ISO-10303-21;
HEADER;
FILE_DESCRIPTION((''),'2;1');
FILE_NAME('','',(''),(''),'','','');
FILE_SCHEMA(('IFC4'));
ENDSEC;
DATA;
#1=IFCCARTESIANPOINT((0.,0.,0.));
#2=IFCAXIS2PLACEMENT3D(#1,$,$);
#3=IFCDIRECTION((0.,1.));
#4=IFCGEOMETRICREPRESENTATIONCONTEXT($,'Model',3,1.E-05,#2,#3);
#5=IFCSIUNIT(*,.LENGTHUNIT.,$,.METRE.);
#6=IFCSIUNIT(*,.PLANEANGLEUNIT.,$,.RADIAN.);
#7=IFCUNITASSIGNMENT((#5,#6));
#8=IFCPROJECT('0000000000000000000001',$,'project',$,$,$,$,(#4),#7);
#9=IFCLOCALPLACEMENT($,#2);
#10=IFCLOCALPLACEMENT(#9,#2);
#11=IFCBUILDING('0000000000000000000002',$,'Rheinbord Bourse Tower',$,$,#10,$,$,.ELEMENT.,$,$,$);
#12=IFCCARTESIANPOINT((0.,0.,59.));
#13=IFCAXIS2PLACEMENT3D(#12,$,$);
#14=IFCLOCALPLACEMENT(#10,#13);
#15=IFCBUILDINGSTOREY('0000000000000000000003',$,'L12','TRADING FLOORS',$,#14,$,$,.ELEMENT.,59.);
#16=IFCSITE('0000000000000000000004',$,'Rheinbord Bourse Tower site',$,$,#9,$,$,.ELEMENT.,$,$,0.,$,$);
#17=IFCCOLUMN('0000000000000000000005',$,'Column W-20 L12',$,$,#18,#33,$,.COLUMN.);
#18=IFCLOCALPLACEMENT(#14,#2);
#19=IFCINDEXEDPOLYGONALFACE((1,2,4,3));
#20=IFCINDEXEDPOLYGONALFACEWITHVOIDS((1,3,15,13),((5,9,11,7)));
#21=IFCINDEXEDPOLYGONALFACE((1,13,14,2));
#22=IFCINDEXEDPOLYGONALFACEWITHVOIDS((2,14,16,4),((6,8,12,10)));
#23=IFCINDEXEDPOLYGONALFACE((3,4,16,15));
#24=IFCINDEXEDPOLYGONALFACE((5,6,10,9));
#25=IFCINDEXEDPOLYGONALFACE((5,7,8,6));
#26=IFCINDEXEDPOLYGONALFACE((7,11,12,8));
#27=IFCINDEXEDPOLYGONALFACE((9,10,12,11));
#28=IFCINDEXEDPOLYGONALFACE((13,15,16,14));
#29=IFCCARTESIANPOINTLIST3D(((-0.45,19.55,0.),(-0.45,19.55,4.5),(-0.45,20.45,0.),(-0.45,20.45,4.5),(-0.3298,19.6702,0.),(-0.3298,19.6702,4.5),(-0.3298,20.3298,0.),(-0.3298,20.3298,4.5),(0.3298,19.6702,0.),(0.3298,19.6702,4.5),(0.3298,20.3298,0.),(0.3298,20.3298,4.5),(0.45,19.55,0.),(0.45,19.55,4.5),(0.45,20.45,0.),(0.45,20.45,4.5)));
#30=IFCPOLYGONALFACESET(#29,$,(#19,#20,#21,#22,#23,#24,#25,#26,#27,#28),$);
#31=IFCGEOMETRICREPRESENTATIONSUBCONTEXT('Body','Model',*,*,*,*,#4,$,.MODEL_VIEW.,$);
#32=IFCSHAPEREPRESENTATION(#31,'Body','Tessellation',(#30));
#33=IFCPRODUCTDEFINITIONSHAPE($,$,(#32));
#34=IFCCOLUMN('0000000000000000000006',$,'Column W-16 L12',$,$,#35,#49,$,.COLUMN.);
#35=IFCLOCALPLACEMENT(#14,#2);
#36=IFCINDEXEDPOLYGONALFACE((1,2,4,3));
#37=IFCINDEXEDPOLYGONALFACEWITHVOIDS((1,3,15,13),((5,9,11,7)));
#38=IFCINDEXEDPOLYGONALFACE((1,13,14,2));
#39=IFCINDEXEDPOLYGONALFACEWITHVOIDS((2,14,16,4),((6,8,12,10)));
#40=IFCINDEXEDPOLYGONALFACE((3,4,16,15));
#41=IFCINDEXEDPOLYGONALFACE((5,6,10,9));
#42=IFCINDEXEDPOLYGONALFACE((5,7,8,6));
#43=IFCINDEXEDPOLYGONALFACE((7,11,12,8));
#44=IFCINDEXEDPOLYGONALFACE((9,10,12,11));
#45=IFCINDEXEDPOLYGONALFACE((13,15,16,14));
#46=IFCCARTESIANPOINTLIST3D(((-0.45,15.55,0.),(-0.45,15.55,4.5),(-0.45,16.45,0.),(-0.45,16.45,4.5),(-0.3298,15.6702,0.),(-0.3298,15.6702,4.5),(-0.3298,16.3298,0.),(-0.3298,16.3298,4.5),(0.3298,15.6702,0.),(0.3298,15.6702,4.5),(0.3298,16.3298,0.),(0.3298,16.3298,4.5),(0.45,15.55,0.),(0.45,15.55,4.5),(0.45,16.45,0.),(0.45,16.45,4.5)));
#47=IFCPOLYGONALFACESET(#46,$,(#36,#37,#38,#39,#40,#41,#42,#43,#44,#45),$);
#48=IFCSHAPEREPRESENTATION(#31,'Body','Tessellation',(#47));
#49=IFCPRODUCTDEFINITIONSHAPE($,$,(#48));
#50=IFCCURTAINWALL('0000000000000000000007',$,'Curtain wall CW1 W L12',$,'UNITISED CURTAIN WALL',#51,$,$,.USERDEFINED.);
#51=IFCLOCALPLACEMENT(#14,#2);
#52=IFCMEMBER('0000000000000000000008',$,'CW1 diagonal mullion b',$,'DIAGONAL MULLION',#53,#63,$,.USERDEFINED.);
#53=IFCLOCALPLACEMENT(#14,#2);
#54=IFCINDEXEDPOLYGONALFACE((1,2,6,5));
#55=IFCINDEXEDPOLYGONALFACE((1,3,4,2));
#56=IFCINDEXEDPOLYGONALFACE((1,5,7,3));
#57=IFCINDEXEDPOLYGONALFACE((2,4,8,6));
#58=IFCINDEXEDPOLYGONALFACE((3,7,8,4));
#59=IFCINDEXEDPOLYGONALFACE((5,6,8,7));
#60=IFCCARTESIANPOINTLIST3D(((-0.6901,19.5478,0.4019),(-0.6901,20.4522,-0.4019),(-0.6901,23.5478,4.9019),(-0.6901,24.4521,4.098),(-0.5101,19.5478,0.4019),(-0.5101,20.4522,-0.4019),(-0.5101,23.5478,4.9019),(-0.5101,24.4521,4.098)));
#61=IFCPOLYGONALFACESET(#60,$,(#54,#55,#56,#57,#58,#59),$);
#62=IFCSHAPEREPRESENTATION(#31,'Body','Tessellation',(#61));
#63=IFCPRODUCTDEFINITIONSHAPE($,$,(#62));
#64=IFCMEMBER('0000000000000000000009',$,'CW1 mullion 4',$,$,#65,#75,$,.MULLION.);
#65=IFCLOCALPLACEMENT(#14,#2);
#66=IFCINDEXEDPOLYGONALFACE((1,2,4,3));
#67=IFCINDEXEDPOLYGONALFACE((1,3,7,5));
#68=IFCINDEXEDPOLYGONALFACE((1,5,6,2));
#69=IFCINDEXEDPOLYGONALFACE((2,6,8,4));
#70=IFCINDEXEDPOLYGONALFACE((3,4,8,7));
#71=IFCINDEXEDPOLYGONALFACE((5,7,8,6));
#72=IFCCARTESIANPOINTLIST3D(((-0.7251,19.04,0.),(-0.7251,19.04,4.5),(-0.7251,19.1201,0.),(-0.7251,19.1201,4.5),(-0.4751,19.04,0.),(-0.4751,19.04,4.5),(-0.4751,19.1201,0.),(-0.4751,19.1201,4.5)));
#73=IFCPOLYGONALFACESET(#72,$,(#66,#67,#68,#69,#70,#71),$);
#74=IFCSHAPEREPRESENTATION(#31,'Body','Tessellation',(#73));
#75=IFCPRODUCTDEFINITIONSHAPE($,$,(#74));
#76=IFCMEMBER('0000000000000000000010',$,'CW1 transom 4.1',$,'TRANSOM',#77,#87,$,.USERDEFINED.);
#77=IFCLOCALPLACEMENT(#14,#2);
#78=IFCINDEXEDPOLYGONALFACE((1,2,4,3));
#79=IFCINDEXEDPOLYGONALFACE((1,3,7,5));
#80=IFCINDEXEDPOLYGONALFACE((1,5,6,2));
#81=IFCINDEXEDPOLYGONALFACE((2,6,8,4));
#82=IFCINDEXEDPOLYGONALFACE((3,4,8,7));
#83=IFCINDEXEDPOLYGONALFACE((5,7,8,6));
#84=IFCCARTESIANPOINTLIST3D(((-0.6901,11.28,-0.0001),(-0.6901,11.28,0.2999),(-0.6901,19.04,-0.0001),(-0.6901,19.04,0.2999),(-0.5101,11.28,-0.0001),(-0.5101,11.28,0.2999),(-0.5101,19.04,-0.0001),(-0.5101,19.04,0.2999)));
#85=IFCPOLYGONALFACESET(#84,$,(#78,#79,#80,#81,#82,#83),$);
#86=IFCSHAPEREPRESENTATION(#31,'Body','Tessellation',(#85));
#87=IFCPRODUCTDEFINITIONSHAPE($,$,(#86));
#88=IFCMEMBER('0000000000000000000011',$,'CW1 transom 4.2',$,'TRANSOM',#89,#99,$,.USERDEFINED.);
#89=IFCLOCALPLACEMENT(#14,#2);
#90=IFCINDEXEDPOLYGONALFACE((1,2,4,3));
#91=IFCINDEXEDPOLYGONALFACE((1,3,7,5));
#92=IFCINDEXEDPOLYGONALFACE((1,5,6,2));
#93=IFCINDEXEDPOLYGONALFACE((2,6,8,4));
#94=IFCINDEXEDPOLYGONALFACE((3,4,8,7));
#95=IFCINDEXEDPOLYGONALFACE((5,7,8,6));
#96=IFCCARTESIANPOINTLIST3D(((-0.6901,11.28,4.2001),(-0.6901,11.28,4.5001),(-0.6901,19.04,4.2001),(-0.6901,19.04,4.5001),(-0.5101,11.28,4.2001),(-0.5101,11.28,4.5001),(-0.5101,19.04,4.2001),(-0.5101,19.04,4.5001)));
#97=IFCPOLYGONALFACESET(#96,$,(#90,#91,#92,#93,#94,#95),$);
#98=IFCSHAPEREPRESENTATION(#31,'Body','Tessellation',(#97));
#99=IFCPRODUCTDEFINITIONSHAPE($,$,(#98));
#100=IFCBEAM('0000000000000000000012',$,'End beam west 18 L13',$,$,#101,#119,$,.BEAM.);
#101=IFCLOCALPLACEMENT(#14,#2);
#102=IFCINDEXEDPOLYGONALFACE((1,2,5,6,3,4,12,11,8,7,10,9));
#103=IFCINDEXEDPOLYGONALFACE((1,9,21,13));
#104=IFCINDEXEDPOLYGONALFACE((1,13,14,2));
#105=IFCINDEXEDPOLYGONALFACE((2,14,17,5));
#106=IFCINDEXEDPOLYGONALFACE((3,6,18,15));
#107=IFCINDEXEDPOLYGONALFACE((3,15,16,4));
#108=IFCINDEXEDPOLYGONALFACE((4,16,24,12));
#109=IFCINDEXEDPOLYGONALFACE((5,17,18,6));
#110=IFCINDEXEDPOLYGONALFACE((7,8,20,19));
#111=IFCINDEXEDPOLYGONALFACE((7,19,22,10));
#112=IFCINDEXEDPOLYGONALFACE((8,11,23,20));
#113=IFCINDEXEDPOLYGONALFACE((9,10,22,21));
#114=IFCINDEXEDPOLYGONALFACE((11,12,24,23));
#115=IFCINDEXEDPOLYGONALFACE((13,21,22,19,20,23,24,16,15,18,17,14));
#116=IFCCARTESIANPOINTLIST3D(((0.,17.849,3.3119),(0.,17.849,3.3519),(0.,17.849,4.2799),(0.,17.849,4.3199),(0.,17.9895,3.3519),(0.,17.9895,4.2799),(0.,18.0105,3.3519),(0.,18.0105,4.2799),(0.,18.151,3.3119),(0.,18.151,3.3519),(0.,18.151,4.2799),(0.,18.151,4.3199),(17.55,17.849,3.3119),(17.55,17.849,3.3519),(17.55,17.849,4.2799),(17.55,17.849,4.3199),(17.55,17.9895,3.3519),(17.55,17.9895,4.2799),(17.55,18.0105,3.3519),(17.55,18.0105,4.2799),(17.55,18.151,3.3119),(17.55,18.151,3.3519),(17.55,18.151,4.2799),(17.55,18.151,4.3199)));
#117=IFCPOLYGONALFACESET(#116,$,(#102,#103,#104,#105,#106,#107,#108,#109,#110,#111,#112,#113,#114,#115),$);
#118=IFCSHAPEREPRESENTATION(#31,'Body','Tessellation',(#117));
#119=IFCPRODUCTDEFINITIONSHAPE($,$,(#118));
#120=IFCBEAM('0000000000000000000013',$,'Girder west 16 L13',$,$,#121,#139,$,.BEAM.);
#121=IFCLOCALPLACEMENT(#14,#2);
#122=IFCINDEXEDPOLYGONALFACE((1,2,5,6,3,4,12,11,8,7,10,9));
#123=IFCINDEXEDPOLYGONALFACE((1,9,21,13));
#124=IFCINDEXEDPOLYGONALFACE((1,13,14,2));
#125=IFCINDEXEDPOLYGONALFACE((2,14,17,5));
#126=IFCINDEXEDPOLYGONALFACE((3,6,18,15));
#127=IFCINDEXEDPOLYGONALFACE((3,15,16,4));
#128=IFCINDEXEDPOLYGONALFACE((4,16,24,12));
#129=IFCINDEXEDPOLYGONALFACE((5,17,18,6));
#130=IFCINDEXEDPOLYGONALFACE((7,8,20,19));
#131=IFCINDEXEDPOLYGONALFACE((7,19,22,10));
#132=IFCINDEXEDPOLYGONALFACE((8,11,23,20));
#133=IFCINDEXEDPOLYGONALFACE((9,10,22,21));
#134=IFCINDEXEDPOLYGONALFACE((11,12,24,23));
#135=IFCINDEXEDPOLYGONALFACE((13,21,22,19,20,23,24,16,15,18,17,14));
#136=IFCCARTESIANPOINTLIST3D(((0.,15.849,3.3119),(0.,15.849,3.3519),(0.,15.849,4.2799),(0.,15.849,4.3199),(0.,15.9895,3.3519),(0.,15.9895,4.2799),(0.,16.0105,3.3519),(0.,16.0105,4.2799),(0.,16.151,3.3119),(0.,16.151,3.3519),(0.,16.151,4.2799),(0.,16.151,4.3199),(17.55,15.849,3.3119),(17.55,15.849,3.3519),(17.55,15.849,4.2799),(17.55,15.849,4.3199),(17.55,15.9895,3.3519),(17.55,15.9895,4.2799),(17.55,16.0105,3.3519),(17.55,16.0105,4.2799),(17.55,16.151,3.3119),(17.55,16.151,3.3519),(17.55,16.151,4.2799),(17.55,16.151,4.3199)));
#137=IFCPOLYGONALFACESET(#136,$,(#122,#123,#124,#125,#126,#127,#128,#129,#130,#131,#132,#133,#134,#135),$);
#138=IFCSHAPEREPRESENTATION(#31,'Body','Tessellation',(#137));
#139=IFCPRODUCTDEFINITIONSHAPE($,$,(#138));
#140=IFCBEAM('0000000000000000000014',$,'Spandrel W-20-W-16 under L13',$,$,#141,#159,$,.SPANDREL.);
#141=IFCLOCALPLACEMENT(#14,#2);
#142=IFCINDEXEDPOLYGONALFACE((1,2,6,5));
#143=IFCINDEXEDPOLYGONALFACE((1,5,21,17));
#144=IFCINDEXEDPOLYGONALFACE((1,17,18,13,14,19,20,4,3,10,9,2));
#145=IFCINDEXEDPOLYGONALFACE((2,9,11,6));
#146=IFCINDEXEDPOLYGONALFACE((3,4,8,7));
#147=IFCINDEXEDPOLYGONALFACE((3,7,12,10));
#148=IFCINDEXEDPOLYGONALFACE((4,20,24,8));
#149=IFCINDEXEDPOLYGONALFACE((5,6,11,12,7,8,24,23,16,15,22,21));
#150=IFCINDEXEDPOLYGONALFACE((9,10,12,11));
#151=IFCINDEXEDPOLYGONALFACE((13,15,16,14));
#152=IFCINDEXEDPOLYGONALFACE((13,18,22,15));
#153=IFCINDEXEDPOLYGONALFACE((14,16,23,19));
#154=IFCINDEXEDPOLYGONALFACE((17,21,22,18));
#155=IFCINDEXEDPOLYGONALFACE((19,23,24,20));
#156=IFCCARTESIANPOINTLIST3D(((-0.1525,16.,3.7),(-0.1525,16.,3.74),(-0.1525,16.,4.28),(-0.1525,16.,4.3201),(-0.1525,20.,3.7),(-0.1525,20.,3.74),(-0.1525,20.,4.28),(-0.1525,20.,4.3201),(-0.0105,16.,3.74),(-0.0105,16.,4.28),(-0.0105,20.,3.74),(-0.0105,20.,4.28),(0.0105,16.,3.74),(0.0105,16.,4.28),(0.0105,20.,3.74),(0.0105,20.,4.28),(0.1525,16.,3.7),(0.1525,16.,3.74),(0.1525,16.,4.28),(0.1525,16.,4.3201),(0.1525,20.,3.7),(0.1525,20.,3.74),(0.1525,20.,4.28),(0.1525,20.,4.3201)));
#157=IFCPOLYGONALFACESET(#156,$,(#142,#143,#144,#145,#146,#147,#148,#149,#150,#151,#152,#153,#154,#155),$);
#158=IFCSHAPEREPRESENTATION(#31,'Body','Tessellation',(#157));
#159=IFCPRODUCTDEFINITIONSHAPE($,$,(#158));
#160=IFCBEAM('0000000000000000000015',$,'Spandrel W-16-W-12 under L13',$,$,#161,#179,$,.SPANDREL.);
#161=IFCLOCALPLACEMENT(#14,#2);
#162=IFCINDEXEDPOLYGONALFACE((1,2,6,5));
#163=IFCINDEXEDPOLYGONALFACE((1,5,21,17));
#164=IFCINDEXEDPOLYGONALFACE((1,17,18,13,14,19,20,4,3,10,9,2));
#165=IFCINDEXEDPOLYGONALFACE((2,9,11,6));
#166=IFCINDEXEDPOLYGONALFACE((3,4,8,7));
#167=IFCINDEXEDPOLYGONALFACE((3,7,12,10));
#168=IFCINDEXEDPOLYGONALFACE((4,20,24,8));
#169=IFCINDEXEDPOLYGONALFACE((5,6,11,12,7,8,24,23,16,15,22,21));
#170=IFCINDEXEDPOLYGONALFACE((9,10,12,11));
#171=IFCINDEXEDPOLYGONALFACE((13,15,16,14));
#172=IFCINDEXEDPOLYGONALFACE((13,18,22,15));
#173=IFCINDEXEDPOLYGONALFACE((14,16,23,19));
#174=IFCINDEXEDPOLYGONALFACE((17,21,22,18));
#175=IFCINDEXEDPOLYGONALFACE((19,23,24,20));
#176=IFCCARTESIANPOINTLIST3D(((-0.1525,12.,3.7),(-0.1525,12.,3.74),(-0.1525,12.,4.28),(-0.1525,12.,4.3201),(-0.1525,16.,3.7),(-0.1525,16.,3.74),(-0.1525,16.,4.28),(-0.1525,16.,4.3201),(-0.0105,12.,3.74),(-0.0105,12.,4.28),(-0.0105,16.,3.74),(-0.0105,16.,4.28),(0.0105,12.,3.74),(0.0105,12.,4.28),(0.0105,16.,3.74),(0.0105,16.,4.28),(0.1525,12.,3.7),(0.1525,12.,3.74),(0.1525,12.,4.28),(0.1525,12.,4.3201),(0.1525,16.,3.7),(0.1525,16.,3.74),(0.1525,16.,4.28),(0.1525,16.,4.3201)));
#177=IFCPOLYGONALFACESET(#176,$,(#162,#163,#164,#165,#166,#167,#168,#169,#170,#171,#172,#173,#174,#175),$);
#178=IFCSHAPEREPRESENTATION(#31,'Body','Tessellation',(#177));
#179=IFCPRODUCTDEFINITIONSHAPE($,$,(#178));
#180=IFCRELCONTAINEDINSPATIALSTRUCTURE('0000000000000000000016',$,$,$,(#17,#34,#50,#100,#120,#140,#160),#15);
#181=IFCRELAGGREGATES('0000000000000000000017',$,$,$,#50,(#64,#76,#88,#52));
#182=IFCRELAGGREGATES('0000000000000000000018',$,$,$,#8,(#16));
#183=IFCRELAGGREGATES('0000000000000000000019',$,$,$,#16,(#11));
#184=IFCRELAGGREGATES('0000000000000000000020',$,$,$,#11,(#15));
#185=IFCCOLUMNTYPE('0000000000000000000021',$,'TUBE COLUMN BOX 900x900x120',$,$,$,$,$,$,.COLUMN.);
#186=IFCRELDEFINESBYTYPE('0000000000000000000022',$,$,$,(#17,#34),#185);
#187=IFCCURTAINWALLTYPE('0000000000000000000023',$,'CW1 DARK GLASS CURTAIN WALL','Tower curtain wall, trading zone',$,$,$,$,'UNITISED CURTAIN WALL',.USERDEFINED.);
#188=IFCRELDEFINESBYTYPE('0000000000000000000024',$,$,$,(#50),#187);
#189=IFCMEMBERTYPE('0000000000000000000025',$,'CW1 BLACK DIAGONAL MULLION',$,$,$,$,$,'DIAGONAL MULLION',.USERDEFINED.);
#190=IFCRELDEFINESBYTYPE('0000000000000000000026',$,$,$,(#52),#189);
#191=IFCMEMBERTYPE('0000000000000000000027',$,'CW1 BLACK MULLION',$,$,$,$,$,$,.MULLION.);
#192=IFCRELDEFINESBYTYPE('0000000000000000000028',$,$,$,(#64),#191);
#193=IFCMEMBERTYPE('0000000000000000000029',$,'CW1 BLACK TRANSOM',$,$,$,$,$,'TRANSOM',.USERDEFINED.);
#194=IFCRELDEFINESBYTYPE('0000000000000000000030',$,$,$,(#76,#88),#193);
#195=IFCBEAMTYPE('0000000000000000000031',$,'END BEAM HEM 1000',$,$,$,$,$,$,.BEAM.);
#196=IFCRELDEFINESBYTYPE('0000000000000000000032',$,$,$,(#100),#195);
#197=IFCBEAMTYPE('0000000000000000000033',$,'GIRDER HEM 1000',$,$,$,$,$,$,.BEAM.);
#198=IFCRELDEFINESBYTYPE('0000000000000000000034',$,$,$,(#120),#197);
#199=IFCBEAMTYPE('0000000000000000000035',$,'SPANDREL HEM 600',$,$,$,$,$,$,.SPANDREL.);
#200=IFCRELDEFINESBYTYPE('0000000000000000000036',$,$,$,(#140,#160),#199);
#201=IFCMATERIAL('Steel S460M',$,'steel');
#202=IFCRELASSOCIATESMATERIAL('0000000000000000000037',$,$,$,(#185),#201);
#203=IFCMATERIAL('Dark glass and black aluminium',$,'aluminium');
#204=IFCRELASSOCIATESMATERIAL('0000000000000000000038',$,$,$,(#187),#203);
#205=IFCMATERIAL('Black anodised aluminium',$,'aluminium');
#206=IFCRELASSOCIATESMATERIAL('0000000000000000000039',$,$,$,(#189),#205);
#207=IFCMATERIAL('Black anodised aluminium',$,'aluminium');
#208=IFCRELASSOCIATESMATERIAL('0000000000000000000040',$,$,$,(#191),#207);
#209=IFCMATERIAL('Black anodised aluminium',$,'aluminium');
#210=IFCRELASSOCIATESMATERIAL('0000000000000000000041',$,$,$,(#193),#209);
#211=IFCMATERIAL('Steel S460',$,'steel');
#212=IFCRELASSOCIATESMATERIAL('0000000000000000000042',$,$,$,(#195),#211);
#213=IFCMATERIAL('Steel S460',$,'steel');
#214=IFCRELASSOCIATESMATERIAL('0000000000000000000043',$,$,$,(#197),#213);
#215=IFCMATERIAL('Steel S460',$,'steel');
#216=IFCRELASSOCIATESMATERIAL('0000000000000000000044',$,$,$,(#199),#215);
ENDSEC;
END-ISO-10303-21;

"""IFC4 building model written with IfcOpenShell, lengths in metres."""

from ifc_helpers import new_model, si_unit, direction, frame, origin, origin_2d, place, context, subcontext, project, spatial, rectangle, hollow_rectangle, i_section, extrude, material, material_profile, profile_set, type_object, element, aggregate, save


model = new_model("IFC4")

# Units and contexts
model_context = context("Model", 3, precision=1e-05, world=origin(), true_north=direction((0.0, 1.0)))
body_context = subcontext(model_context, "Body", "Model", "MODEL_VIEW")
ifc_project = project(units=[si_unit("LENGTHUNIT", "METRE"), si_unit("PLANEANGLEUNIT", "RADIAN")], contexts=[model_context])

# Site, building, storey
site_placement = place(None, origin())
site = spatial("IfcSite", under=ifc_project, at=site_placement, Name="Rheinbord Bourse Tower site", CompositionType="ELEMENT", RefElevation=0.0)
building_placement = place(site_placement, origin())
building = spatial("IfcBuilding", under=site, at=building_placement, Name="Rheinbord Bourse Tower", CompositionType="ELEMENT")
storey_placement = place(building_placement, frame((0.0, 0.0, 59.0)))
storey = spatial("IfcBuildingStorey", under=building, at=storey_placement, Name="L12", Description="TRADING FLOORS", CompositionType="ELEMENT", Elevation=59.0)

# Columns
ifc_material_1 = material(Name="Steel S460M", Category="steel")
ifc_material_profile_1 = material_profile(ifc_material_1, hollow_rectangle(XDim=0.8999, YDim=0.8999, WallThickness=0.1201, at=origin_2d()), Name="BOX 900x900x120")
ifc_profile_set_1 = profile_set([ifc_material_profile_1], Name="Steel S460M")
column_type = type_object("IfcColumnType", Name="TUBE COLUMN BOX 900x900x120", PredefinedType="COLUMN", material=ifc_profile_set_1)
for number, where, z_axis, x_axis, name in (
    (1, (0.0, 20.0, 0.0), (0.0, 0.0, 1.0), (1.0, 0.0, 0.0), "Column W-20 L12"),
    (2, (0.0, 16.0, 0.0), (0.0, 0.0, 1.0), (1.0, 0.0, 0.0), "Column W-16 L12"),
):
    element("IfcColumn", number, at=place(storey_placement, frame(where, z_axis=z_axis, x_axis=x_axis)), inside=storey, type_object=column_type, Name=name, PredefinedType="COLUMN", context=body_context, shape_type="SweptSolid", body=[
        extrude(hollow_rectangle(XDim=0.8999, YDim=0.8999, WallThickness=0.1201, at=origin_2d()), origin(), (0.0, 0.0, 1.0), 4.5),
    ])

# Curtain wall, members
ifc_material_2 = material(Name="Dark glass and black aluminium", Category="aluminium")
curtain_wall_type = type_object("IfcCurtainWallType", Name="CW1 DARK GLASS CURTAIN WALL", Description="Tower curtain wall, trading zone", ElementType="UNITISED CURTAIN WALL", PredefinedType="USERDEFINED", material=ifc_material_2)
curtain_wall_placement = place(storey_placement, origin())
curtain_wall = element("IfcCurtainWall", 3, at=curtain_wall_placement, inside=storey, type_object=curtain_wall_type, Name="Curtain wall CW1 W L12", ObjectType="UNITISED CURTAIN WALL", PredefinedType="USERDEFINED")
ifc_material_3 = material(Name="Black anodised aluminium", Category="aluminium")
ifc_material_profile_2 = material_profile(ifc_material_3, rectangle(XDim=0.1799, YDim=1.21, at=origin_2d()), Name="CW1 DIAGONAL MULLION 1210x180")
ifc_profile_set_2 = profile_set([ifc_material_profile_2], Name="Black anodised aluminium")
member_type_1 = type_object("IfcMemberType", Name="CW1 BLACK DIAGONAL MULLION", ElementType="DIAGONAL MULLION", PredefinedType="USERDEFINED", material=ifc_profile_set_2)
member_1_placement = place(storey_placement, frame((-0.6001, 20.0, 0.0), z_axis=(0.0, 0.664364, 0.747409), x_axis=(-1.0, 0.0, 0.0)))
member_1 = element("IfcMember", 4, at=member_1_placement, type_object=member_type_1, Name="CW1 diagonal mullion b", ObjectType="DIAGONAL MULLION", PredefinedType="USERDEFINED", context=body_context, shape_type="SweptSolid", body=[
    extrude(rectangle(XDim=0.1799, YDim=1.21, at=origin_2d()), origin(), (0.0, 0.0, 1.0), 6.0208),
])
ifc_material_4 = material(Name="Black anodised aluminium", Category="aluminium")
ifc_material_profile_3 = material_profile(ifc_material_4, rectangle(XDim=0.25, YDim=0.0801, at=origin_2d()), Name="CW1 MULLION 80x250")
ifc_profile_set_3 = profile_set([ifc_material_profile_3], Name="Black anodised aluminium")
member_type_2 = type_object("IfcMemberType", Name="CW1 BLACK MULLION", PredefinedType="MULLION", material=ifc_profile_set_3)
member_2_placement = place(storey_placement, frame((-0.6001, 19.0801, 0.0), z_axis=(0.0, 0.0, 1.0), x_axis=(1.0, 0.0, 0.0)))
member_2 = element("IfcMember", 5, at=member_2_placement, type_object=member_type_2, Name="CW1 mullion 4", PredefinedType="MULLION", context=body_context, shape_type="SweptSolid", body=[
    extrude(rectangle(XDim=0.25, YDim=0.0801, at=origin_2d()), origin(), (0.0, 0.0, 1.0), 4.5),
])
ifc_material_5 = material(Name="Black anodised aluminium", Category="aluminium")
ifc_material_profile_4 = material_profile(ifc_material_5, rectangle(XDim=0.1799, YDim=0.3, at=origin_2d()), Name="CW1 TRANSOM 300x180")
ifc_profile_set_4 = profile_set([ifc_material_profile_4], Name="Black anodised aluminium")
member_type_3 = type_object("IfcMemberType", Name="CW1 BLACK TRANSOM", ElementType="TRANSOM", PredefinedType="USERDEFINED", material=ifc_profile_set_4)
member_3_placement = place(storey_placement, frame((-0.6001, 19.04, 0.1499), z_axis=(0.0, -1.0, 0.0), x_axis=(1.0, 0.0, 0.0)))
member_3 = element("IfcMember", 6, at=member_3_placement, type_object=member_type_3, Name="CW1 transom 4.1", ObjectType="TRANSOM", PredefinedType="USERDEFINED", context=body_context, shape_type="SweptSolid", body=[
    extrude(rectangle(XDim=0.1799, YDim=0.3, at=origin_2d()), origin(), (0.0, 0.0, 1.0), 7.76),
])
member_4_placement = place(storey_placement, frame((-0.6001, 19.04, 4.3501), z_axis=(0.0, -1.0, 0.0), x_axis=(1.0, 0.0, 0.0)))
member_4 = element("IfcMember", 7, at=member_4_placement, type_object=member_type_3, Name="CW1 transom 4.2", ObjectType="TRANSOM", PredefinedType="USERDEFINED", context=body_context, shape_type="SweptSolid", body=[
    extrude(rectangle(XDim=0.1799, YDim=0.3, at=origin_2d()), origin(), (0.0, 0.0, 1.0), 7.76),
])

# Beams
ifc_material_6 = material(Name="Steel S460", Category="steel")
ifc_material_profile_5 = material_profile(ifc_material_6, i_section(OverallWidth=0.302, OverallDepth=1.0081, WebThickness=0.021, FlangeThickness=0.04, at=origin_2d()), Name="HEM 1000")
ifc_profile_set_5 = profile_set([ifc_material_profile_5], Name="Steel S460")
beam_type_1 = type_object("IfcBeamType", Name="END BEAM HEM 1000", PredefinedType="BEAM", material=ifc_profile_set_5)
beam_1_placement = place(storey_placement, frame((0.0, 18.0, 3.8159), z_axis=(1.0, 0.0, 0.0), x_axis=(0.0, 1.0, 0.0)))
element("IfcBeam", 8, at=beam_1_placement, inside=storey, type_object=beam_type_1, Name="End beam west 18 L13", PredefinedType="BEAM", context=body_context, shape_type="SweptSolid", body=[
    extrude(i_section(OverallWidth=0.302, OverallDepth=1.0081, WebThickness=0.021, FlangeThickness=0.04, at=origin_2d()), origin(), (0.0, 0.0, 1.0), 17.55),
])
ifc_material_7 = material(Name="Steel S460", Category="steel")
ifc_material_profile_6 = material_profile(ifc_material_7, i_section(OverallWidth=0.302, OverallDepth=1.0081, WebThickness=0.021, FlangeThickness=0.04, at=origin_2d()), Name="HEM 1000")
ifc_profile_set_6 = profile_set([ifc_material_profile_6], Name="Steel S460")
beam_type_2 = type_object("IfcBeamType", Name="GIRDER HEM 1000", PredefinedType="BEAM", material=ifc_profile_set_6)
beam_2_placement = place(storey_placement, frame((0.0, 16.0, 3.8159), z_axis=(1.0, 0.0, 0.0), x_axis=(0.0, 1.0, 0.0)))
element("IfcBeam", 9, at=beam_2_placement, inside=storey, type_object=beam_type_2, Name="Girder west 16 L13", PredefinedType="BEAM", context=body_context, shape_type="SweptSolid", body=[
    extrude(i_section(OverallWidth=0.302, OverallDepth=1.0081, WebThickness=0.021, FlangeThickness=0.04, at=origin_2d()), origin(), (0.0, 0.0, 1.0), 17.55),
])
ifc_material_8 = material(Name="Steel S460", Category="steel")
ifc_material_profile_7 = material_profile(ifc_material_8, i_section(OverallWidth=0.3049, OverallDepth=0.6201, WebThickness=0.021, FlangeThickness=0.04, at=origin_2d()), Name="HEM 600")
ifc_profile_set_7 = profile_set([ifc_material_profile_7], Name="Steel S460")
beam_type_3 = type_object("IfcBeamType", Name="SPANDREL HEM 600", PredefinedType="SPANDREL", material=ifc_profile_set_7)
for number, where, z_axis, x_axis, name in (
    (10, (0.0, 20.0, 4.01), (0.0, -1.0, 0.0), (1.0, 0.0, 0.0), "Spandrel W-20-W-16 under L13"),
    (11, (0.0, 16.0, 4.01), (0.0, -1.0, 0.0), (1.0, 0.0, 0.0), "Spandrel W-16-W-12 under L13"),
):
    element("IfcBeam", number, at=place(storey_placement, frame(where, z_axis=z_axis, x_axis=x_axis)), inside=storey, type_object=beam_type_3, Name=name, PredefinedType="SPANDREL", context=body_context, shape_type="SweptSolid", body=[
        extrude(i_section(OverallWidth=0.3049, OverallDepth=0.6201, WebThickness=0.021, FlangeThickness=0.04, at=origin_2d()), origin(), (0.0, 0.0, 1.0), 4.0),
    ])

aggregate(curtain_wall, [member_2, member_3, member_4, member_1])

save(model, "model.ifc")
